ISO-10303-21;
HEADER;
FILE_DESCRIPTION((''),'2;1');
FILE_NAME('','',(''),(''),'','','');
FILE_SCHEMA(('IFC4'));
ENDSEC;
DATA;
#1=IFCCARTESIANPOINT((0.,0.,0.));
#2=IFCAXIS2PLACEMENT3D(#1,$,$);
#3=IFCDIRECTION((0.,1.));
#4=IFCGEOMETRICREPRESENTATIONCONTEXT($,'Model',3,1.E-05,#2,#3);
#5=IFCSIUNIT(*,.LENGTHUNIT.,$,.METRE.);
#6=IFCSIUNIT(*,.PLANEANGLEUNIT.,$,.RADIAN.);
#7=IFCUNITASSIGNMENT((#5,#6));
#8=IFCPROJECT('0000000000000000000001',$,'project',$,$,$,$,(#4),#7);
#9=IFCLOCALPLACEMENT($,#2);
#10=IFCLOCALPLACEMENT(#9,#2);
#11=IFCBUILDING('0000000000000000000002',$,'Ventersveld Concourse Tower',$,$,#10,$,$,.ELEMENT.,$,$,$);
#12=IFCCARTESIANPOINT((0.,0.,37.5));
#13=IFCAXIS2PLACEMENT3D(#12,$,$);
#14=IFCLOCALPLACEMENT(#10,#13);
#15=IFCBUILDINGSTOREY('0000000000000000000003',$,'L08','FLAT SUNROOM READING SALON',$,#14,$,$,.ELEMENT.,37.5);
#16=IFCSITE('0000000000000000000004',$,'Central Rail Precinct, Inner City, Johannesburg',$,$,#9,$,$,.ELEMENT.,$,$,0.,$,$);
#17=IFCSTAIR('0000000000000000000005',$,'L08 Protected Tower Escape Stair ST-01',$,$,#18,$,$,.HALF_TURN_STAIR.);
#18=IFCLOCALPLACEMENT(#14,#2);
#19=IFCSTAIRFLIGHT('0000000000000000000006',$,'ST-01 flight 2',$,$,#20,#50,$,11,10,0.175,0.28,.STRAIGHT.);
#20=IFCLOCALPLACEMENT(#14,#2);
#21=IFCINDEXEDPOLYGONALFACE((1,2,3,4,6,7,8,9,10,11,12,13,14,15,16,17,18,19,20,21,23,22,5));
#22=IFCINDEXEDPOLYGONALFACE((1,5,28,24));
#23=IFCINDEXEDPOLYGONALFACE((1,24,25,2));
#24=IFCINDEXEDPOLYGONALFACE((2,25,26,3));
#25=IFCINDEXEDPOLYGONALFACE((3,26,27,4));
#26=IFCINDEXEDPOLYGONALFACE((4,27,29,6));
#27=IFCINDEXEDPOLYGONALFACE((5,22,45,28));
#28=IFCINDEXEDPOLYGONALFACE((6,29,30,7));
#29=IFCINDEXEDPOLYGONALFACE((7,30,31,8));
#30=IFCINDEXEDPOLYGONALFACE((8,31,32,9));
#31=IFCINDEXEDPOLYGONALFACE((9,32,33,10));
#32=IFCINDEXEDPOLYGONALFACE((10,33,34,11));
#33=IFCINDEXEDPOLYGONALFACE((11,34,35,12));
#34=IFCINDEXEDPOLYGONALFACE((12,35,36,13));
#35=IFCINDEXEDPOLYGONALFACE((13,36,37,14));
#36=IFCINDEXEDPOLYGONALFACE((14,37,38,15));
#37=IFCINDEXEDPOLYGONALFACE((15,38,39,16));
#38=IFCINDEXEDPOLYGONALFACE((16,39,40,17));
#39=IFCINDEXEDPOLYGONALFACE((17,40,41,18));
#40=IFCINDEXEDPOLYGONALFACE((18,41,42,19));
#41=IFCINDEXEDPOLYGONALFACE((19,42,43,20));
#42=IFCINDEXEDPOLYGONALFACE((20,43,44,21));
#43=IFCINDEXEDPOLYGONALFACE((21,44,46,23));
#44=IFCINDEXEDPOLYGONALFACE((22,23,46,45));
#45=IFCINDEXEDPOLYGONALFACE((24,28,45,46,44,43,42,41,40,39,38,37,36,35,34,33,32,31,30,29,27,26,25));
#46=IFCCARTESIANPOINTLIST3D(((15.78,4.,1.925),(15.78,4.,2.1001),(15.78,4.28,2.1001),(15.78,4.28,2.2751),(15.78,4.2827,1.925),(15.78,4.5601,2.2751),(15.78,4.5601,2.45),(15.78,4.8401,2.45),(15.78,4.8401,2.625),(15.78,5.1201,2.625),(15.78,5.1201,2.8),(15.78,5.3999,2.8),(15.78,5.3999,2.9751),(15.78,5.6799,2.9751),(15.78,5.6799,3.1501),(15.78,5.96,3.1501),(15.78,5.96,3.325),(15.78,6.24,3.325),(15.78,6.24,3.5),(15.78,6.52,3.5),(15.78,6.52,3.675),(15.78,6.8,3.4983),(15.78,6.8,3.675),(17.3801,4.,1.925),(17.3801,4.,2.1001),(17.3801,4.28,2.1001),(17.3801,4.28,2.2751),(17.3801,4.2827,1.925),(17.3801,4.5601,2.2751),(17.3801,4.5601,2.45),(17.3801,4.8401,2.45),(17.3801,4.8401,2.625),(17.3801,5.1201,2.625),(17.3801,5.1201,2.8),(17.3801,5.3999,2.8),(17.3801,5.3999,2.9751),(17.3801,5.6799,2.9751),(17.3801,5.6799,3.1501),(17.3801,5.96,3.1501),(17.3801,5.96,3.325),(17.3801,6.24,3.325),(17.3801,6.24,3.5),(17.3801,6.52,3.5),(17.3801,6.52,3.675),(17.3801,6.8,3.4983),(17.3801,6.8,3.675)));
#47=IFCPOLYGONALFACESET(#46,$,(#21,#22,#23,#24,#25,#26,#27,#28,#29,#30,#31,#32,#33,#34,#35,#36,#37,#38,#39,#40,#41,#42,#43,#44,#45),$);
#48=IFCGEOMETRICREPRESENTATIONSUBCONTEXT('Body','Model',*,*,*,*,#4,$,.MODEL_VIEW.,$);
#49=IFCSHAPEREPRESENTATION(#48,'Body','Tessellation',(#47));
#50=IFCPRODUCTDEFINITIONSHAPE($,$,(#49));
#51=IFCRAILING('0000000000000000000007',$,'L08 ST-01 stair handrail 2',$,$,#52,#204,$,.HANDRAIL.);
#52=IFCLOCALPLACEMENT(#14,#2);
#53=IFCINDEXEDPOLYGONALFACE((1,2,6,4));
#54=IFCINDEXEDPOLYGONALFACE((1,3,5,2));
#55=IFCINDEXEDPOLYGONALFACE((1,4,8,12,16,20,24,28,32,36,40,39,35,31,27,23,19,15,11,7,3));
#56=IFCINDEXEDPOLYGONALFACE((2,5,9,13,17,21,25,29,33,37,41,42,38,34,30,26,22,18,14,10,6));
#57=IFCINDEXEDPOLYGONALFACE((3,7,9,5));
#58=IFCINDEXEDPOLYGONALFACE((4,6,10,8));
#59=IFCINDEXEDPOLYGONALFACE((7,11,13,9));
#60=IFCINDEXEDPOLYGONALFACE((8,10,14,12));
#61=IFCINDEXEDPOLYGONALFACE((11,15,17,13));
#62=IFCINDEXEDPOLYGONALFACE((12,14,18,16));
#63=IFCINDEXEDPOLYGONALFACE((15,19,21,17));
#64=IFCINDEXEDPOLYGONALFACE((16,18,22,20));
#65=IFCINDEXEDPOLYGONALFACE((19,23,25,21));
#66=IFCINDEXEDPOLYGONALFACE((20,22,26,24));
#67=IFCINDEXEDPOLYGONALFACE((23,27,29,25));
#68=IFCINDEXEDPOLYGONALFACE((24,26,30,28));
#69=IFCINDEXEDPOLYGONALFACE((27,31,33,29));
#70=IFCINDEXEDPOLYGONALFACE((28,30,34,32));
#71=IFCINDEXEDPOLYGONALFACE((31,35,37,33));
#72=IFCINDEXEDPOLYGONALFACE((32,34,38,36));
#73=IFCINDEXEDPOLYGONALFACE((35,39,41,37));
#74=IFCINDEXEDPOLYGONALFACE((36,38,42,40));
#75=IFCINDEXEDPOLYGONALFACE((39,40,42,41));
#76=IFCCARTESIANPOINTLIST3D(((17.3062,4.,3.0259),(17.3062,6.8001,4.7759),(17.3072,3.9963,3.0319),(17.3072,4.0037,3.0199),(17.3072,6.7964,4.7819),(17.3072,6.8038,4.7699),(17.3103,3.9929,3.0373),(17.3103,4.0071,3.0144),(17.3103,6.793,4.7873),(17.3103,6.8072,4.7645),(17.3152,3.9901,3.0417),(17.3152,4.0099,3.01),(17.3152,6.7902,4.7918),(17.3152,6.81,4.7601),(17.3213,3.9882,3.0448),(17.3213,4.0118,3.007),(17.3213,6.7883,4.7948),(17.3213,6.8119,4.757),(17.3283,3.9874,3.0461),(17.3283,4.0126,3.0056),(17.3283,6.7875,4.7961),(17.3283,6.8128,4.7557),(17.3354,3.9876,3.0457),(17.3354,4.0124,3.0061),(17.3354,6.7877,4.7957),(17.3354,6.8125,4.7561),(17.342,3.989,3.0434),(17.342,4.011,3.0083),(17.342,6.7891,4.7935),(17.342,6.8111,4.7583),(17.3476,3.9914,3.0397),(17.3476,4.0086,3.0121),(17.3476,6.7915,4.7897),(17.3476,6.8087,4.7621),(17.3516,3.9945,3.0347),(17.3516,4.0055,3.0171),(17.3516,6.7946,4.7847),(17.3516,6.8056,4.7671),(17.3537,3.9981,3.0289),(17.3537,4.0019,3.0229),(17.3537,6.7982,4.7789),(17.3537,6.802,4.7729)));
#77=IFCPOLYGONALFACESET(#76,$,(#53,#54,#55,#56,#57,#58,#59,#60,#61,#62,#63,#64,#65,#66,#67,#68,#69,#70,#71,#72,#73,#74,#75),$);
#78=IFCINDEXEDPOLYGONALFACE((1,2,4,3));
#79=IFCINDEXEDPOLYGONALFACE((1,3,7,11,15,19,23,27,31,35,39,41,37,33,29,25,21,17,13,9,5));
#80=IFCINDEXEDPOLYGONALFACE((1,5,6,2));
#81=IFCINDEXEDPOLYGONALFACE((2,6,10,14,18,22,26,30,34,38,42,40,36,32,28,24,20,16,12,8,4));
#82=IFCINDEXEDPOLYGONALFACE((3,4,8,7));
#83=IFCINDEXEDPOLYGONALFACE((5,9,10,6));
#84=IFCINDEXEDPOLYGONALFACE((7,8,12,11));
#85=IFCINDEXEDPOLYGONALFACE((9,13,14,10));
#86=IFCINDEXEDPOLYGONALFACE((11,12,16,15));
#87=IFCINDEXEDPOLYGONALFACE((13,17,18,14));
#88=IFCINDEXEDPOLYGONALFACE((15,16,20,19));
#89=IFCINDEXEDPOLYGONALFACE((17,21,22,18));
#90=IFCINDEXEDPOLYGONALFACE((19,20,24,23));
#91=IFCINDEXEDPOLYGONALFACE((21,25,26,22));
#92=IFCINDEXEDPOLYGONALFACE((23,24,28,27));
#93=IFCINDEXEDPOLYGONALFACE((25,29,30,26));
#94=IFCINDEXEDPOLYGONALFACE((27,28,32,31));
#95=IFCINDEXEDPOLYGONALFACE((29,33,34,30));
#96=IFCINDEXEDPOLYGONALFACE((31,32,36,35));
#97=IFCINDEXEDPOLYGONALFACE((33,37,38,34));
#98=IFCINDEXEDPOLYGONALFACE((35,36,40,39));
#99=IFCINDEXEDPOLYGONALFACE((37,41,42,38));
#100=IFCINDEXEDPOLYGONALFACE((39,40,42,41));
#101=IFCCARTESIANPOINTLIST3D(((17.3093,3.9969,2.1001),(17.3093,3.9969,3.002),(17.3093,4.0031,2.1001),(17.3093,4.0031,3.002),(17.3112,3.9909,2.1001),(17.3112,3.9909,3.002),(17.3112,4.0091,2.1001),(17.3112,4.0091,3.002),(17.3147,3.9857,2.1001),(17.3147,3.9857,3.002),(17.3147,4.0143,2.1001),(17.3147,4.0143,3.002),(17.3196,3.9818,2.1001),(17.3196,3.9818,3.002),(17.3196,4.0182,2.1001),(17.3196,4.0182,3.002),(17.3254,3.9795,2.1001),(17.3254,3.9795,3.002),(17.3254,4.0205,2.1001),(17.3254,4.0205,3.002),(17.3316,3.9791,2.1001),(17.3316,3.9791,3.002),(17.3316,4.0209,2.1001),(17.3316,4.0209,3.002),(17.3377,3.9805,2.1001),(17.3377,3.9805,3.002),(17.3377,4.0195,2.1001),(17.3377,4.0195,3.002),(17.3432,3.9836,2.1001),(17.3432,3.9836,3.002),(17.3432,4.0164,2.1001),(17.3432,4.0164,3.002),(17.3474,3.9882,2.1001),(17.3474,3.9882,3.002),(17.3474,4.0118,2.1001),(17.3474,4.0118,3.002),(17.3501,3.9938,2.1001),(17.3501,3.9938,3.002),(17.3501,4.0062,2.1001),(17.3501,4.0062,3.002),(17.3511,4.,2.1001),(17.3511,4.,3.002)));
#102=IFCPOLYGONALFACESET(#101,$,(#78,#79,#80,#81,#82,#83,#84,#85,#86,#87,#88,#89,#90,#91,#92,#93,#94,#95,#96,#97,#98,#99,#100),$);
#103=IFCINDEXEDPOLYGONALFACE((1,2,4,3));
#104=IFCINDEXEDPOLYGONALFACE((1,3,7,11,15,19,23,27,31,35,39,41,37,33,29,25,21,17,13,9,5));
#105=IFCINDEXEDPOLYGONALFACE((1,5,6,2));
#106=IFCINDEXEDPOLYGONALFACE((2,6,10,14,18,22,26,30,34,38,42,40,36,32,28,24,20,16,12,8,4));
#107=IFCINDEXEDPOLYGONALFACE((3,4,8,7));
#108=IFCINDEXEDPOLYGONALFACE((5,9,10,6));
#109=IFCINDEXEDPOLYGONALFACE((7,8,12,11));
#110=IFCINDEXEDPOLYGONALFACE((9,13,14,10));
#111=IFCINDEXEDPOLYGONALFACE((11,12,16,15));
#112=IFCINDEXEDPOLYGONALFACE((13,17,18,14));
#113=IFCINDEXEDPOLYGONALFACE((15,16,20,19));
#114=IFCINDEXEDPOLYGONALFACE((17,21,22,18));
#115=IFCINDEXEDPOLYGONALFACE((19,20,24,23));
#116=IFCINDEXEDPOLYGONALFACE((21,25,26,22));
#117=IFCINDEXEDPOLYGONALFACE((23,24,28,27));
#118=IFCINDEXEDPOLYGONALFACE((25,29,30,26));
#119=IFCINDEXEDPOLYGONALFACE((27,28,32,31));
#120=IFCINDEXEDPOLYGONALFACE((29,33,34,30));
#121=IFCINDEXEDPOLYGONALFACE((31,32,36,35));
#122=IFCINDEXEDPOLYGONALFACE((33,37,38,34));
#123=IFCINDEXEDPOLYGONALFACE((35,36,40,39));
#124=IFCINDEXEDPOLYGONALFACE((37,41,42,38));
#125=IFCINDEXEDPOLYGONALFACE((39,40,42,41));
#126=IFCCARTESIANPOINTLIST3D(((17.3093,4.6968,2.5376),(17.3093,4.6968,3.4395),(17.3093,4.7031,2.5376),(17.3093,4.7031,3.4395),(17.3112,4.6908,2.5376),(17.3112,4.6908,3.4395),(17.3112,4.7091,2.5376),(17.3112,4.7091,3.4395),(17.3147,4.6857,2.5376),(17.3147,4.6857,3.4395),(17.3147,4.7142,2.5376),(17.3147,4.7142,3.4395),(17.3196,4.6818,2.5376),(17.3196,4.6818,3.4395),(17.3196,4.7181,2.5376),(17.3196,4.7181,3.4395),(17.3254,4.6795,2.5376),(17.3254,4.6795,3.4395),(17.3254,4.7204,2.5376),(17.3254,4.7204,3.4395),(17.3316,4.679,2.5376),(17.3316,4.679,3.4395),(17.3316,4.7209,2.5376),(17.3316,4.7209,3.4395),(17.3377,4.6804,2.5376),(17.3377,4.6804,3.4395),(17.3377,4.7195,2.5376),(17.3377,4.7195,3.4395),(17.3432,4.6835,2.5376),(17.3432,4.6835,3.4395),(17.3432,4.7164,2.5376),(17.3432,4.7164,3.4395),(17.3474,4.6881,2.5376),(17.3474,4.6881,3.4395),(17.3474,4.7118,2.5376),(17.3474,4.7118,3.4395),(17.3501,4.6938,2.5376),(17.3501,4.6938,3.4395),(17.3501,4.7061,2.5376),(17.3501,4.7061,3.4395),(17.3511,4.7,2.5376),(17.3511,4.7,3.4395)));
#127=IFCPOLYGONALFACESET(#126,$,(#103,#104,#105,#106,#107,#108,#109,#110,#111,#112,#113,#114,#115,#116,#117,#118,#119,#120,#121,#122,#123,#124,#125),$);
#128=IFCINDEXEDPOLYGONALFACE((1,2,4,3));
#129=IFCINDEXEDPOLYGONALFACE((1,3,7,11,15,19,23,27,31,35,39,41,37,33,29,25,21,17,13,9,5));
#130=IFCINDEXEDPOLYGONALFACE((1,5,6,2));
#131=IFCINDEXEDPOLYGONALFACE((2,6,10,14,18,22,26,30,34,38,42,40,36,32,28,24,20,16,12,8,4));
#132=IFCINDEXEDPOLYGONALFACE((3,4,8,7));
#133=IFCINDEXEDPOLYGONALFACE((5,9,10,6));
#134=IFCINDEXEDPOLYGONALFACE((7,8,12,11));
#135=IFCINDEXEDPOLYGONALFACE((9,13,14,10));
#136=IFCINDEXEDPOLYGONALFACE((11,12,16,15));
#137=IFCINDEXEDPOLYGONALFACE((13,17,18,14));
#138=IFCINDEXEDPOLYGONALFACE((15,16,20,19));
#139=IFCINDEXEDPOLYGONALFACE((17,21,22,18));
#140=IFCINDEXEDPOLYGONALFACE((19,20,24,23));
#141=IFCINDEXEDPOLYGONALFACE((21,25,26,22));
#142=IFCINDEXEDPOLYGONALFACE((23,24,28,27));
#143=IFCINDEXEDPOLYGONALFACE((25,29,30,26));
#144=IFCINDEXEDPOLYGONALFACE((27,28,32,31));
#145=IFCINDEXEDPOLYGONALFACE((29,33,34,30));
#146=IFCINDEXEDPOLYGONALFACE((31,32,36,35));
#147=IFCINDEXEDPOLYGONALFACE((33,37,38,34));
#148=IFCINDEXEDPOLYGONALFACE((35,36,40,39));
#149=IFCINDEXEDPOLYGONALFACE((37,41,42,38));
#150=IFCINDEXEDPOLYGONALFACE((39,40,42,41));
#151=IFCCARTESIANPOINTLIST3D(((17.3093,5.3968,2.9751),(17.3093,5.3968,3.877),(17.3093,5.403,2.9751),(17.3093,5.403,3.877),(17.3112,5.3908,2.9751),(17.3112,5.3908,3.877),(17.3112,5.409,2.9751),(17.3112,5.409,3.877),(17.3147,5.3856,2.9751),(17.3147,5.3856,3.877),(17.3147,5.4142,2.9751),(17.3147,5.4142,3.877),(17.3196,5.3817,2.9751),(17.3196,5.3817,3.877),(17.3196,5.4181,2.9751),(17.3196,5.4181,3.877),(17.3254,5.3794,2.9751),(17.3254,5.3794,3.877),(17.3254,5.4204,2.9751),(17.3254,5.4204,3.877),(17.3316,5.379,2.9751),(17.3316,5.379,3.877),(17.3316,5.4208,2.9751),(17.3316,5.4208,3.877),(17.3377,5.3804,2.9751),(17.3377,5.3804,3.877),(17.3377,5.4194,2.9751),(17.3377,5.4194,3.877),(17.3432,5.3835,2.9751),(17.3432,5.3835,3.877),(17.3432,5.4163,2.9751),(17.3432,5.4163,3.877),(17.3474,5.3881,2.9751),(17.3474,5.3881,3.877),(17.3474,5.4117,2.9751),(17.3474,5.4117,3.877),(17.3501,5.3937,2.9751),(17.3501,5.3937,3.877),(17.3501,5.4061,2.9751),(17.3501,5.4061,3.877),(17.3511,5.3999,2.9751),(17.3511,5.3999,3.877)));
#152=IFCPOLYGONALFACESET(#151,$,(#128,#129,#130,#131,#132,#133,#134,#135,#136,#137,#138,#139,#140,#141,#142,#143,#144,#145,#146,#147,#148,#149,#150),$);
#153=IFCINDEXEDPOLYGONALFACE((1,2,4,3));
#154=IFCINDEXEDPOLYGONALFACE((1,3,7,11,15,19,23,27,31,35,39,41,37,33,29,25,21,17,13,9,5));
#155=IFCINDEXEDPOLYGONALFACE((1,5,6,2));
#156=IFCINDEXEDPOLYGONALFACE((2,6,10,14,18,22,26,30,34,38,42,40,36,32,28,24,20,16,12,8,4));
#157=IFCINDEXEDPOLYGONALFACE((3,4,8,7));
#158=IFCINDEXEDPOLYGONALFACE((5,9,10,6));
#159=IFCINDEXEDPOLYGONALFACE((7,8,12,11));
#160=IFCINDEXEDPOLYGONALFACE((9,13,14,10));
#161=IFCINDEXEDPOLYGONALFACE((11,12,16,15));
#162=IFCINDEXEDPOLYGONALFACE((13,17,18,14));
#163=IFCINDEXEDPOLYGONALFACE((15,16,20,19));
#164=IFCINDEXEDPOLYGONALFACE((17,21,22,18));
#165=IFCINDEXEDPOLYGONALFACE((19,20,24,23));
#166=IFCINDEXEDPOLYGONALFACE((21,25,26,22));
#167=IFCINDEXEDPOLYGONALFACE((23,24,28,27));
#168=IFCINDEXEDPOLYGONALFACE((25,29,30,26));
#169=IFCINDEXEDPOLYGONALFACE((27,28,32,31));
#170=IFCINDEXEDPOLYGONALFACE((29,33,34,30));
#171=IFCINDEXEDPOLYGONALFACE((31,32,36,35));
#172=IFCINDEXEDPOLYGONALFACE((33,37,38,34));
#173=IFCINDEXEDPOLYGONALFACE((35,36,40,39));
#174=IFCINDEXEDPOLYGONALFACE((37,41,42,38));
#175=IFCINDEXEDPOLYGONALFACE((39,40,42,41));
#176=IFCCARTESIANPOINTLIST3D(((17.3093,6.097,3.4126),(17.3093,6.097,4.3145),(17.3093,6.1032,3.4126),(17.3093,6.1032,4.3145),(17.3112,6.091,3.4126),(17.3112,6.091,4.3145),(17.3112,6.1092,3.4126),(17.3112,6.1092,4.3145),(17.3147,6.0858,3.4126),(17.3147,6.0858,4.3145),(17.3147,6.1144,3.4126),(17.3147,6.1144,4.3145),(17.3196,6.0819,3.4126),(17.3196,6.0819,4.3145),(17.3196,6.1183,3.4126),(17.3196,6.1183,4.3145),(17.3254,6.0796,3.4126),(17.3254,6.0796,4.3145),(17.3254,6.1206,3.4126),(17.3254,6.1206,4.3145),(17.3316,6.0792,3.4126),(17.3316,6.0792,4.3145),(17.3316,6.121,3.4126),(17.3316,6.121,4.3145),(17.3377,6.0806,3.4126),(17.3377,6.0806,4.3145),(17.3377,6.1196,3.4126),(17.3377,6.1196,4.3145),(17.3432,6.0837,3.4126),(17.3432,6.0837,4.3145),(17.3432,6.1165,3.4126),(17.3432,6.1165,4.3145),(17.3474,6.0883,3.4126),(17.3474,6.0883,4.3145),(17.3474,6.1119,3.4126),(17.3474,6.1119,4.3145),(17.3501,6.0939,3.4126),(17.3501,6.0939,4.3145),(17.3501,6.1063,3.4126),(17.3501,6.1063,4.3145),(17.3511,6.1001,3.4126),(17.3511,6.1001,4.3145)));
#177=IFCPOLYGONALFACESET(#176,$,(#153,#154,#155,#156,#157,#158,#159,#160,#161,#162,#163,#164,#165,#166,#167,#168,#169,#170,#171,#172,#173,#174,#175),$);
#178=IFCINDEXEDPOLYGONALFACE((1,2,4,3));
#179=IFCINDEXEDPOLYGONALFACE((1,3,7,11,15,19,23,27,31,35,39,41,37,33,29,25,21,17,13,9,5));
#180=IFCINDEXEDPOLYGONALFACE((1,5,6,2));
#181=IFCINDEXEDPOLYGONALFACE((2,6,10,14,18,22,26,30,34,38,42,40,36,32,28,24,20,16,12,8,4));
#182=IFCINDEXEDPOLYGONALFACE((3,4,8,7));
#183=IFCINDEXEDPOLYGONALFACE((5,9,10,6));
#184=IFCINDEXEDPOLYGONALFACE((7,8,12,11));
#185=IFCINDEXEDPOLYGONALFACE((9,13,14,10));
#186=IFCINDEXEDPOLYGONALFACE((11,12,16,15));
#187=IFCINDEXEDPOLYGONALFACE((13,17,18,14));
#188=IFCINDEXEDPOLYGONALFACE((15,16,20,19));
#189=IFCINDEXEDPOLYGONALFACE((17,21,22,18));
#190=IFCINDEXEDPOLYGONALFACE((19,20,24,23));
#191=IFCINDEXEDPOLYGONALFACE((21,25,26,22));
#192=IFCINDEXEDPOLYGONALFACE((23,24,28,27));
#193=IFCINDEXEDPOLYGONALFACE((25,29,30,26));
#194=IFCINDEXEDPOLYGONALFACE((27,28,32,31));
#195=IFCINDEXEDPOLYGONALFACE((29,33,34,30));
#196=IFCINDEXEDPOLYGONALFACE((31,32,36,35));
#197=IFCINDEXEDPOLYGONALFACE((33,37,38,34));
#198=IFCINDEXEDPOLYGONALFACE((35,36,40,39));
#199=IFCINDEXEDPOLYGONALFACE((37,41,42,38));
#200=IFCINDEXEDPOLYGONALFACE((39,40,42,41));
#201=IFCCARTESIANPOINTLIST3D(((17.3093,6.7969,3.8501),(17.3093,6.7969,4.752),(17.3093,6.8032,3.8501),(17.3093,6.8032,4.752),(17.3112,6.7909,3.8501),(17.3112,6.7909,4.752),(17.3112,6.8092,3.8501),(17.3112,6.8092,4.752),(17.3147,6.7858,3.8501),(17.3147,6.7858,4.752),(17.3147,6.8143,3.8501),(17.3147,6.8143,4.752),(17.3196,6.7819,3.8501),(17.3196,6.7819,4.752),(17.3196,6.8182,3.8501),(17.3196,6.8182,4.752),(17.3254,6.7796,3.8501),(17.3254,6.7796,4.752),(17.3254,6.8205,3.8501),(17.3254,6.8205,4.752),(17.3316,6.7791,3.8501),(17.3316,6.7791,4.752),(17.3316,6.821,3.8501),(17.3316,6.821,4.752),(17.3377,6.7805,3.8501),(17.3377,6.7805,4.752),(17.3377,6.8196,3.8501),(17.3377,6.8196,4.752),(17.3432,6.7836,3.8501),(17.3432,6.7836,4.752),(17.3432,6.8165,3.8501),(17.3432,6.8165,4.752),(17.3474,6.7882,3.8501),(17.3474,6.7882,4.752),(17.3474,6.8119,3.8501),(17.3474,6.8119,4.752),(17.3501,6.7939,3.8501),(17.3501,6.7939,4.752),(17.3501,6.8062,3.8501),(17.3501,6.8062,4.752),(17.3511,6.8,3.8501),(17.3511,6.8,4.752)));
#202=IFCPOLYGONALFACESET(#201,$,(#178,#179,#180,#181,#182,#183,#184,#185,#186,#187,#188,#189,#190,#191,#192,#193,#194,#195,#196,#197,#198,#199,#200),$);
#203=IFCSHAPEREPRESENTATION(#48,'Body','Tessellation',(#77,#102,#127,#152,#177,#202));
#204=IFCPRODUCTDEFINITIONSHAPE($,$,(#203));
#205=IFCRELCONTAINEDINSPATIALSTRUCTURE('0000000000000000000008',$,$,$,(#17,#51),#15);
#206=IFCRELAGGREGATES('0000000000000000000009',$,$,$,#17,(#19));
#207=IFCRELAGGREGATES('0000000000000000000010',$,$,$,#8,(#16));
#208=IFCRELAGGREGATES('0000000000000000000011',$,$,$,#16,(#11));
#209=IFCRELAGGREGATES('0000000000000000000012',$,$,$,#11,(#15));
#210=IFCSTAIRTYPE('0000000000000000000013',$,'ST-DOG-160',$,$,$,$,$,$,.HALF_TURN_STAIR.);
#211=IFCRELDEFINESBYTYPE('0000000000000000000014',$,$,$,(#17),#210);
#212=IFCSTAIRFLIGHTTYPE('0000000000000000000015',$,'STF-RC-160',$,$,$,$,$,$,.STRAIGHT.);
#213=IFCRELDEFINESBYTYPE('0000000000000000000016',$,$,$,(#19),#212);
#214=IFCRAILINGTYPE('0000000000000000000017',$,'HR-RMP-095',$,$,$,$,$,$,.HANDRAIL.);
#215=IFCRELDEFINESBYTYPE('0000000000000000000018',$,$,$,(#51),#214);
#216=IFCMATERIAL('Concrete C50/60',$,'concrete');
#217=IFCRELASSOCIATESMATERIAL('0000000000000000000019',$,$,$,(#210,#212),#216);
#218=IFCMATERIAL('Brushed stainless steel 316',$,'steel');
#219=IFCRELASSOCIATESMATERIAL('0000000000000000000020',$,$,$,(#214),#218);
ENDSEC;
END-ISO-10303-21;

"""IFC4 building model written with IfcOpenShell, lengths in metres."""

from ifc_helpers import new_model, si_unit, direction, frame, origin, origin_2d, place, context, subcontext, project, spatial, polyline, circle, outline, extrude, material, type_object, element, aggregate, save


model = new_model("IFC4")

# Units and contexts
model_context = context("Model", 3, precision=1e-05, world=origin(), true_north=direction((0.0, 1.0)))
body_context = subcontext(model_context, "Body", "Model", "MODEL_VIEW")
ifc_project = project(units=[si_unit("LENGTHUNIT", "METRE"), si_unit("PLANEANGLEUNIT", "RADIAN")], contexts=[model_context])

# Site, building, storey
site_placement = place(None, origin())
site = spatial("IfcSite", under=ifc_project, at=site_placement, Name="Central Rail Precinct, Inner City, Johannesburg", CompositionType="ELEMENT", RefElevation=0.0)
building_placement = place(site_placement, origin())
building = spatial("IfcBuilding", under=site, at=building_placement, Name="Ventersveld Concourse Tower", CompositionType="ELEMENT")
storey_placement = place(building_placement, frame((0.0, 0.0, 37.5)))
storey = spatial("IfcBuildingStorey", under=building, at=storey_placement, Name="L08", Description="FLAT SUNROOM READING SALON", CompositionType="ELEMENT", Elevation=37.5)

# Shared definitions
ifc_material_1 = material(Name="Concrete C50/60", Category="concrete")

# Shared definitions
ifc_material_2 = material(Name="Brushed stainless steel 316", Category="steel")

# Stair, stair flight
stair_type = type_object("IfcStairType", Name="ST-DOG-160", PredefinedType="HALF_TURN_STAIR", material=ifc_material_1)
stair_placement = place(storey_placement, origin())
stair = element("IfcStair", 1, at=stair_placement, inside=storey, type_object=stair_type, Name="L08 Protected Tower Escape Stair ST-01", PredefinedType="HALF_TURN_STAIR")
stair_flight_type = type_object("IfcStairFlightType", Name="STF-RC-160", PredefinedType="STRAIGHT", material=ifc_material_1)
stair_flight_placement = place(storey_placement, frame((16.5801, 4.0, 1.925), z_axis=(0.0, 0.0, 1.0), x_axis=(0.0, 1.0, 0.0)))
stair_flight = element("IfcStairFlight", 2, at=stair_flight_placement, type_object=stair_flight_type, Name="ST-01 flight 2", NumberOfRisers=11, NumberOfTreads=10, PredefinedType="STRAIGHT", RiserHeight=0.175, TreadLength=0.28, context=body_context, shape_type="SweptSolid", body=[
    extrude(outline(polyline([(0.0, 0.0), (0.0, 0.175), (0.28, 0.175), (0.28, 0.3501), (0.5601, 0.3501), (0.5601, 0.5249), (0.8401, 0.5249), (0.8401, 0.7), (1.1201, 0.7), (1.1201, 0.875), (1.3999, 0.875), (1.3999, 1.05), (1.6799, 1.05), (1.6799, 1.2251), (1.96, 1.2251), (1.96, 1.3999), (2.24, 1.3999), (2.24, 1.575), (2.52, 1.575), (2.52, 1.75), (2.8, 1.75), (2.8, 1.925), (2.8, 1.5732), (0.2827, 0.0), (0.0, 0.0)])), frame((0.0, 0.8, 0.0), z_axis=(0.0, -1.0, 0.0), x_axis=(1.0, 0.0, 0.0)), (0.0, 0.0, 1.0), 1.6001),
])
aggregate(stair, [stair_flight])

# Railing
railing_type = type_object("IfcRailingType", Name="HR-RMP-095", PredefinedType="HANDRAIL", material=ifc_material_2)
railing_placement = place(storey_placement, frame((17.3301, 4.0, 2.1001)))
element("IfcRailing", 3, at=railing_placement, inside=storey, type_object=railing_type, Name="L08 ST-01 stair handrail 2", PredefinedType="HANDRAIL", context=body_context, shape_type="SweptSolid", body=[
    extrude(circle(Radius=0.0239, at=origin_2d()), frame((0.0, 0.0, 0.9258), z_axis=(0.0, 0.848002, 0.529992), x_axis=(-1.0, 0.0, 0.0)), (0.0, 0.0, 1.0), 3.302),
    extrude(circle(Radius=0.021, at=origin_2d()), origin(), (0.0, 0.0, 1.0), 0.9019),
    extrude(circle(Radius=0.021, at=origin_2d()), frame((0.0, 0.7, 0.4375)), (0.0, 0.0, 1.0), 0.9019),
    extrude(circle(Radius=0.021, at=origin_2d()), frame((0.0, 1.3999, 0.875)), (0.0, 0.0, 1.0), 0.9019),
    extrude(circle(Radius=0.021, at=origin_2d()), frame((0.0, 2.1001, 1.3125)), (0.0, 0.0, 1.0), 0.9019),
    extrude(circle(Radius=0.021, at=origin_2d()), frame((0.0, 2.8, 1.75)), (0.0, 0.0, 1.0), 0.9019),
])

save(model, "model.ifc")
